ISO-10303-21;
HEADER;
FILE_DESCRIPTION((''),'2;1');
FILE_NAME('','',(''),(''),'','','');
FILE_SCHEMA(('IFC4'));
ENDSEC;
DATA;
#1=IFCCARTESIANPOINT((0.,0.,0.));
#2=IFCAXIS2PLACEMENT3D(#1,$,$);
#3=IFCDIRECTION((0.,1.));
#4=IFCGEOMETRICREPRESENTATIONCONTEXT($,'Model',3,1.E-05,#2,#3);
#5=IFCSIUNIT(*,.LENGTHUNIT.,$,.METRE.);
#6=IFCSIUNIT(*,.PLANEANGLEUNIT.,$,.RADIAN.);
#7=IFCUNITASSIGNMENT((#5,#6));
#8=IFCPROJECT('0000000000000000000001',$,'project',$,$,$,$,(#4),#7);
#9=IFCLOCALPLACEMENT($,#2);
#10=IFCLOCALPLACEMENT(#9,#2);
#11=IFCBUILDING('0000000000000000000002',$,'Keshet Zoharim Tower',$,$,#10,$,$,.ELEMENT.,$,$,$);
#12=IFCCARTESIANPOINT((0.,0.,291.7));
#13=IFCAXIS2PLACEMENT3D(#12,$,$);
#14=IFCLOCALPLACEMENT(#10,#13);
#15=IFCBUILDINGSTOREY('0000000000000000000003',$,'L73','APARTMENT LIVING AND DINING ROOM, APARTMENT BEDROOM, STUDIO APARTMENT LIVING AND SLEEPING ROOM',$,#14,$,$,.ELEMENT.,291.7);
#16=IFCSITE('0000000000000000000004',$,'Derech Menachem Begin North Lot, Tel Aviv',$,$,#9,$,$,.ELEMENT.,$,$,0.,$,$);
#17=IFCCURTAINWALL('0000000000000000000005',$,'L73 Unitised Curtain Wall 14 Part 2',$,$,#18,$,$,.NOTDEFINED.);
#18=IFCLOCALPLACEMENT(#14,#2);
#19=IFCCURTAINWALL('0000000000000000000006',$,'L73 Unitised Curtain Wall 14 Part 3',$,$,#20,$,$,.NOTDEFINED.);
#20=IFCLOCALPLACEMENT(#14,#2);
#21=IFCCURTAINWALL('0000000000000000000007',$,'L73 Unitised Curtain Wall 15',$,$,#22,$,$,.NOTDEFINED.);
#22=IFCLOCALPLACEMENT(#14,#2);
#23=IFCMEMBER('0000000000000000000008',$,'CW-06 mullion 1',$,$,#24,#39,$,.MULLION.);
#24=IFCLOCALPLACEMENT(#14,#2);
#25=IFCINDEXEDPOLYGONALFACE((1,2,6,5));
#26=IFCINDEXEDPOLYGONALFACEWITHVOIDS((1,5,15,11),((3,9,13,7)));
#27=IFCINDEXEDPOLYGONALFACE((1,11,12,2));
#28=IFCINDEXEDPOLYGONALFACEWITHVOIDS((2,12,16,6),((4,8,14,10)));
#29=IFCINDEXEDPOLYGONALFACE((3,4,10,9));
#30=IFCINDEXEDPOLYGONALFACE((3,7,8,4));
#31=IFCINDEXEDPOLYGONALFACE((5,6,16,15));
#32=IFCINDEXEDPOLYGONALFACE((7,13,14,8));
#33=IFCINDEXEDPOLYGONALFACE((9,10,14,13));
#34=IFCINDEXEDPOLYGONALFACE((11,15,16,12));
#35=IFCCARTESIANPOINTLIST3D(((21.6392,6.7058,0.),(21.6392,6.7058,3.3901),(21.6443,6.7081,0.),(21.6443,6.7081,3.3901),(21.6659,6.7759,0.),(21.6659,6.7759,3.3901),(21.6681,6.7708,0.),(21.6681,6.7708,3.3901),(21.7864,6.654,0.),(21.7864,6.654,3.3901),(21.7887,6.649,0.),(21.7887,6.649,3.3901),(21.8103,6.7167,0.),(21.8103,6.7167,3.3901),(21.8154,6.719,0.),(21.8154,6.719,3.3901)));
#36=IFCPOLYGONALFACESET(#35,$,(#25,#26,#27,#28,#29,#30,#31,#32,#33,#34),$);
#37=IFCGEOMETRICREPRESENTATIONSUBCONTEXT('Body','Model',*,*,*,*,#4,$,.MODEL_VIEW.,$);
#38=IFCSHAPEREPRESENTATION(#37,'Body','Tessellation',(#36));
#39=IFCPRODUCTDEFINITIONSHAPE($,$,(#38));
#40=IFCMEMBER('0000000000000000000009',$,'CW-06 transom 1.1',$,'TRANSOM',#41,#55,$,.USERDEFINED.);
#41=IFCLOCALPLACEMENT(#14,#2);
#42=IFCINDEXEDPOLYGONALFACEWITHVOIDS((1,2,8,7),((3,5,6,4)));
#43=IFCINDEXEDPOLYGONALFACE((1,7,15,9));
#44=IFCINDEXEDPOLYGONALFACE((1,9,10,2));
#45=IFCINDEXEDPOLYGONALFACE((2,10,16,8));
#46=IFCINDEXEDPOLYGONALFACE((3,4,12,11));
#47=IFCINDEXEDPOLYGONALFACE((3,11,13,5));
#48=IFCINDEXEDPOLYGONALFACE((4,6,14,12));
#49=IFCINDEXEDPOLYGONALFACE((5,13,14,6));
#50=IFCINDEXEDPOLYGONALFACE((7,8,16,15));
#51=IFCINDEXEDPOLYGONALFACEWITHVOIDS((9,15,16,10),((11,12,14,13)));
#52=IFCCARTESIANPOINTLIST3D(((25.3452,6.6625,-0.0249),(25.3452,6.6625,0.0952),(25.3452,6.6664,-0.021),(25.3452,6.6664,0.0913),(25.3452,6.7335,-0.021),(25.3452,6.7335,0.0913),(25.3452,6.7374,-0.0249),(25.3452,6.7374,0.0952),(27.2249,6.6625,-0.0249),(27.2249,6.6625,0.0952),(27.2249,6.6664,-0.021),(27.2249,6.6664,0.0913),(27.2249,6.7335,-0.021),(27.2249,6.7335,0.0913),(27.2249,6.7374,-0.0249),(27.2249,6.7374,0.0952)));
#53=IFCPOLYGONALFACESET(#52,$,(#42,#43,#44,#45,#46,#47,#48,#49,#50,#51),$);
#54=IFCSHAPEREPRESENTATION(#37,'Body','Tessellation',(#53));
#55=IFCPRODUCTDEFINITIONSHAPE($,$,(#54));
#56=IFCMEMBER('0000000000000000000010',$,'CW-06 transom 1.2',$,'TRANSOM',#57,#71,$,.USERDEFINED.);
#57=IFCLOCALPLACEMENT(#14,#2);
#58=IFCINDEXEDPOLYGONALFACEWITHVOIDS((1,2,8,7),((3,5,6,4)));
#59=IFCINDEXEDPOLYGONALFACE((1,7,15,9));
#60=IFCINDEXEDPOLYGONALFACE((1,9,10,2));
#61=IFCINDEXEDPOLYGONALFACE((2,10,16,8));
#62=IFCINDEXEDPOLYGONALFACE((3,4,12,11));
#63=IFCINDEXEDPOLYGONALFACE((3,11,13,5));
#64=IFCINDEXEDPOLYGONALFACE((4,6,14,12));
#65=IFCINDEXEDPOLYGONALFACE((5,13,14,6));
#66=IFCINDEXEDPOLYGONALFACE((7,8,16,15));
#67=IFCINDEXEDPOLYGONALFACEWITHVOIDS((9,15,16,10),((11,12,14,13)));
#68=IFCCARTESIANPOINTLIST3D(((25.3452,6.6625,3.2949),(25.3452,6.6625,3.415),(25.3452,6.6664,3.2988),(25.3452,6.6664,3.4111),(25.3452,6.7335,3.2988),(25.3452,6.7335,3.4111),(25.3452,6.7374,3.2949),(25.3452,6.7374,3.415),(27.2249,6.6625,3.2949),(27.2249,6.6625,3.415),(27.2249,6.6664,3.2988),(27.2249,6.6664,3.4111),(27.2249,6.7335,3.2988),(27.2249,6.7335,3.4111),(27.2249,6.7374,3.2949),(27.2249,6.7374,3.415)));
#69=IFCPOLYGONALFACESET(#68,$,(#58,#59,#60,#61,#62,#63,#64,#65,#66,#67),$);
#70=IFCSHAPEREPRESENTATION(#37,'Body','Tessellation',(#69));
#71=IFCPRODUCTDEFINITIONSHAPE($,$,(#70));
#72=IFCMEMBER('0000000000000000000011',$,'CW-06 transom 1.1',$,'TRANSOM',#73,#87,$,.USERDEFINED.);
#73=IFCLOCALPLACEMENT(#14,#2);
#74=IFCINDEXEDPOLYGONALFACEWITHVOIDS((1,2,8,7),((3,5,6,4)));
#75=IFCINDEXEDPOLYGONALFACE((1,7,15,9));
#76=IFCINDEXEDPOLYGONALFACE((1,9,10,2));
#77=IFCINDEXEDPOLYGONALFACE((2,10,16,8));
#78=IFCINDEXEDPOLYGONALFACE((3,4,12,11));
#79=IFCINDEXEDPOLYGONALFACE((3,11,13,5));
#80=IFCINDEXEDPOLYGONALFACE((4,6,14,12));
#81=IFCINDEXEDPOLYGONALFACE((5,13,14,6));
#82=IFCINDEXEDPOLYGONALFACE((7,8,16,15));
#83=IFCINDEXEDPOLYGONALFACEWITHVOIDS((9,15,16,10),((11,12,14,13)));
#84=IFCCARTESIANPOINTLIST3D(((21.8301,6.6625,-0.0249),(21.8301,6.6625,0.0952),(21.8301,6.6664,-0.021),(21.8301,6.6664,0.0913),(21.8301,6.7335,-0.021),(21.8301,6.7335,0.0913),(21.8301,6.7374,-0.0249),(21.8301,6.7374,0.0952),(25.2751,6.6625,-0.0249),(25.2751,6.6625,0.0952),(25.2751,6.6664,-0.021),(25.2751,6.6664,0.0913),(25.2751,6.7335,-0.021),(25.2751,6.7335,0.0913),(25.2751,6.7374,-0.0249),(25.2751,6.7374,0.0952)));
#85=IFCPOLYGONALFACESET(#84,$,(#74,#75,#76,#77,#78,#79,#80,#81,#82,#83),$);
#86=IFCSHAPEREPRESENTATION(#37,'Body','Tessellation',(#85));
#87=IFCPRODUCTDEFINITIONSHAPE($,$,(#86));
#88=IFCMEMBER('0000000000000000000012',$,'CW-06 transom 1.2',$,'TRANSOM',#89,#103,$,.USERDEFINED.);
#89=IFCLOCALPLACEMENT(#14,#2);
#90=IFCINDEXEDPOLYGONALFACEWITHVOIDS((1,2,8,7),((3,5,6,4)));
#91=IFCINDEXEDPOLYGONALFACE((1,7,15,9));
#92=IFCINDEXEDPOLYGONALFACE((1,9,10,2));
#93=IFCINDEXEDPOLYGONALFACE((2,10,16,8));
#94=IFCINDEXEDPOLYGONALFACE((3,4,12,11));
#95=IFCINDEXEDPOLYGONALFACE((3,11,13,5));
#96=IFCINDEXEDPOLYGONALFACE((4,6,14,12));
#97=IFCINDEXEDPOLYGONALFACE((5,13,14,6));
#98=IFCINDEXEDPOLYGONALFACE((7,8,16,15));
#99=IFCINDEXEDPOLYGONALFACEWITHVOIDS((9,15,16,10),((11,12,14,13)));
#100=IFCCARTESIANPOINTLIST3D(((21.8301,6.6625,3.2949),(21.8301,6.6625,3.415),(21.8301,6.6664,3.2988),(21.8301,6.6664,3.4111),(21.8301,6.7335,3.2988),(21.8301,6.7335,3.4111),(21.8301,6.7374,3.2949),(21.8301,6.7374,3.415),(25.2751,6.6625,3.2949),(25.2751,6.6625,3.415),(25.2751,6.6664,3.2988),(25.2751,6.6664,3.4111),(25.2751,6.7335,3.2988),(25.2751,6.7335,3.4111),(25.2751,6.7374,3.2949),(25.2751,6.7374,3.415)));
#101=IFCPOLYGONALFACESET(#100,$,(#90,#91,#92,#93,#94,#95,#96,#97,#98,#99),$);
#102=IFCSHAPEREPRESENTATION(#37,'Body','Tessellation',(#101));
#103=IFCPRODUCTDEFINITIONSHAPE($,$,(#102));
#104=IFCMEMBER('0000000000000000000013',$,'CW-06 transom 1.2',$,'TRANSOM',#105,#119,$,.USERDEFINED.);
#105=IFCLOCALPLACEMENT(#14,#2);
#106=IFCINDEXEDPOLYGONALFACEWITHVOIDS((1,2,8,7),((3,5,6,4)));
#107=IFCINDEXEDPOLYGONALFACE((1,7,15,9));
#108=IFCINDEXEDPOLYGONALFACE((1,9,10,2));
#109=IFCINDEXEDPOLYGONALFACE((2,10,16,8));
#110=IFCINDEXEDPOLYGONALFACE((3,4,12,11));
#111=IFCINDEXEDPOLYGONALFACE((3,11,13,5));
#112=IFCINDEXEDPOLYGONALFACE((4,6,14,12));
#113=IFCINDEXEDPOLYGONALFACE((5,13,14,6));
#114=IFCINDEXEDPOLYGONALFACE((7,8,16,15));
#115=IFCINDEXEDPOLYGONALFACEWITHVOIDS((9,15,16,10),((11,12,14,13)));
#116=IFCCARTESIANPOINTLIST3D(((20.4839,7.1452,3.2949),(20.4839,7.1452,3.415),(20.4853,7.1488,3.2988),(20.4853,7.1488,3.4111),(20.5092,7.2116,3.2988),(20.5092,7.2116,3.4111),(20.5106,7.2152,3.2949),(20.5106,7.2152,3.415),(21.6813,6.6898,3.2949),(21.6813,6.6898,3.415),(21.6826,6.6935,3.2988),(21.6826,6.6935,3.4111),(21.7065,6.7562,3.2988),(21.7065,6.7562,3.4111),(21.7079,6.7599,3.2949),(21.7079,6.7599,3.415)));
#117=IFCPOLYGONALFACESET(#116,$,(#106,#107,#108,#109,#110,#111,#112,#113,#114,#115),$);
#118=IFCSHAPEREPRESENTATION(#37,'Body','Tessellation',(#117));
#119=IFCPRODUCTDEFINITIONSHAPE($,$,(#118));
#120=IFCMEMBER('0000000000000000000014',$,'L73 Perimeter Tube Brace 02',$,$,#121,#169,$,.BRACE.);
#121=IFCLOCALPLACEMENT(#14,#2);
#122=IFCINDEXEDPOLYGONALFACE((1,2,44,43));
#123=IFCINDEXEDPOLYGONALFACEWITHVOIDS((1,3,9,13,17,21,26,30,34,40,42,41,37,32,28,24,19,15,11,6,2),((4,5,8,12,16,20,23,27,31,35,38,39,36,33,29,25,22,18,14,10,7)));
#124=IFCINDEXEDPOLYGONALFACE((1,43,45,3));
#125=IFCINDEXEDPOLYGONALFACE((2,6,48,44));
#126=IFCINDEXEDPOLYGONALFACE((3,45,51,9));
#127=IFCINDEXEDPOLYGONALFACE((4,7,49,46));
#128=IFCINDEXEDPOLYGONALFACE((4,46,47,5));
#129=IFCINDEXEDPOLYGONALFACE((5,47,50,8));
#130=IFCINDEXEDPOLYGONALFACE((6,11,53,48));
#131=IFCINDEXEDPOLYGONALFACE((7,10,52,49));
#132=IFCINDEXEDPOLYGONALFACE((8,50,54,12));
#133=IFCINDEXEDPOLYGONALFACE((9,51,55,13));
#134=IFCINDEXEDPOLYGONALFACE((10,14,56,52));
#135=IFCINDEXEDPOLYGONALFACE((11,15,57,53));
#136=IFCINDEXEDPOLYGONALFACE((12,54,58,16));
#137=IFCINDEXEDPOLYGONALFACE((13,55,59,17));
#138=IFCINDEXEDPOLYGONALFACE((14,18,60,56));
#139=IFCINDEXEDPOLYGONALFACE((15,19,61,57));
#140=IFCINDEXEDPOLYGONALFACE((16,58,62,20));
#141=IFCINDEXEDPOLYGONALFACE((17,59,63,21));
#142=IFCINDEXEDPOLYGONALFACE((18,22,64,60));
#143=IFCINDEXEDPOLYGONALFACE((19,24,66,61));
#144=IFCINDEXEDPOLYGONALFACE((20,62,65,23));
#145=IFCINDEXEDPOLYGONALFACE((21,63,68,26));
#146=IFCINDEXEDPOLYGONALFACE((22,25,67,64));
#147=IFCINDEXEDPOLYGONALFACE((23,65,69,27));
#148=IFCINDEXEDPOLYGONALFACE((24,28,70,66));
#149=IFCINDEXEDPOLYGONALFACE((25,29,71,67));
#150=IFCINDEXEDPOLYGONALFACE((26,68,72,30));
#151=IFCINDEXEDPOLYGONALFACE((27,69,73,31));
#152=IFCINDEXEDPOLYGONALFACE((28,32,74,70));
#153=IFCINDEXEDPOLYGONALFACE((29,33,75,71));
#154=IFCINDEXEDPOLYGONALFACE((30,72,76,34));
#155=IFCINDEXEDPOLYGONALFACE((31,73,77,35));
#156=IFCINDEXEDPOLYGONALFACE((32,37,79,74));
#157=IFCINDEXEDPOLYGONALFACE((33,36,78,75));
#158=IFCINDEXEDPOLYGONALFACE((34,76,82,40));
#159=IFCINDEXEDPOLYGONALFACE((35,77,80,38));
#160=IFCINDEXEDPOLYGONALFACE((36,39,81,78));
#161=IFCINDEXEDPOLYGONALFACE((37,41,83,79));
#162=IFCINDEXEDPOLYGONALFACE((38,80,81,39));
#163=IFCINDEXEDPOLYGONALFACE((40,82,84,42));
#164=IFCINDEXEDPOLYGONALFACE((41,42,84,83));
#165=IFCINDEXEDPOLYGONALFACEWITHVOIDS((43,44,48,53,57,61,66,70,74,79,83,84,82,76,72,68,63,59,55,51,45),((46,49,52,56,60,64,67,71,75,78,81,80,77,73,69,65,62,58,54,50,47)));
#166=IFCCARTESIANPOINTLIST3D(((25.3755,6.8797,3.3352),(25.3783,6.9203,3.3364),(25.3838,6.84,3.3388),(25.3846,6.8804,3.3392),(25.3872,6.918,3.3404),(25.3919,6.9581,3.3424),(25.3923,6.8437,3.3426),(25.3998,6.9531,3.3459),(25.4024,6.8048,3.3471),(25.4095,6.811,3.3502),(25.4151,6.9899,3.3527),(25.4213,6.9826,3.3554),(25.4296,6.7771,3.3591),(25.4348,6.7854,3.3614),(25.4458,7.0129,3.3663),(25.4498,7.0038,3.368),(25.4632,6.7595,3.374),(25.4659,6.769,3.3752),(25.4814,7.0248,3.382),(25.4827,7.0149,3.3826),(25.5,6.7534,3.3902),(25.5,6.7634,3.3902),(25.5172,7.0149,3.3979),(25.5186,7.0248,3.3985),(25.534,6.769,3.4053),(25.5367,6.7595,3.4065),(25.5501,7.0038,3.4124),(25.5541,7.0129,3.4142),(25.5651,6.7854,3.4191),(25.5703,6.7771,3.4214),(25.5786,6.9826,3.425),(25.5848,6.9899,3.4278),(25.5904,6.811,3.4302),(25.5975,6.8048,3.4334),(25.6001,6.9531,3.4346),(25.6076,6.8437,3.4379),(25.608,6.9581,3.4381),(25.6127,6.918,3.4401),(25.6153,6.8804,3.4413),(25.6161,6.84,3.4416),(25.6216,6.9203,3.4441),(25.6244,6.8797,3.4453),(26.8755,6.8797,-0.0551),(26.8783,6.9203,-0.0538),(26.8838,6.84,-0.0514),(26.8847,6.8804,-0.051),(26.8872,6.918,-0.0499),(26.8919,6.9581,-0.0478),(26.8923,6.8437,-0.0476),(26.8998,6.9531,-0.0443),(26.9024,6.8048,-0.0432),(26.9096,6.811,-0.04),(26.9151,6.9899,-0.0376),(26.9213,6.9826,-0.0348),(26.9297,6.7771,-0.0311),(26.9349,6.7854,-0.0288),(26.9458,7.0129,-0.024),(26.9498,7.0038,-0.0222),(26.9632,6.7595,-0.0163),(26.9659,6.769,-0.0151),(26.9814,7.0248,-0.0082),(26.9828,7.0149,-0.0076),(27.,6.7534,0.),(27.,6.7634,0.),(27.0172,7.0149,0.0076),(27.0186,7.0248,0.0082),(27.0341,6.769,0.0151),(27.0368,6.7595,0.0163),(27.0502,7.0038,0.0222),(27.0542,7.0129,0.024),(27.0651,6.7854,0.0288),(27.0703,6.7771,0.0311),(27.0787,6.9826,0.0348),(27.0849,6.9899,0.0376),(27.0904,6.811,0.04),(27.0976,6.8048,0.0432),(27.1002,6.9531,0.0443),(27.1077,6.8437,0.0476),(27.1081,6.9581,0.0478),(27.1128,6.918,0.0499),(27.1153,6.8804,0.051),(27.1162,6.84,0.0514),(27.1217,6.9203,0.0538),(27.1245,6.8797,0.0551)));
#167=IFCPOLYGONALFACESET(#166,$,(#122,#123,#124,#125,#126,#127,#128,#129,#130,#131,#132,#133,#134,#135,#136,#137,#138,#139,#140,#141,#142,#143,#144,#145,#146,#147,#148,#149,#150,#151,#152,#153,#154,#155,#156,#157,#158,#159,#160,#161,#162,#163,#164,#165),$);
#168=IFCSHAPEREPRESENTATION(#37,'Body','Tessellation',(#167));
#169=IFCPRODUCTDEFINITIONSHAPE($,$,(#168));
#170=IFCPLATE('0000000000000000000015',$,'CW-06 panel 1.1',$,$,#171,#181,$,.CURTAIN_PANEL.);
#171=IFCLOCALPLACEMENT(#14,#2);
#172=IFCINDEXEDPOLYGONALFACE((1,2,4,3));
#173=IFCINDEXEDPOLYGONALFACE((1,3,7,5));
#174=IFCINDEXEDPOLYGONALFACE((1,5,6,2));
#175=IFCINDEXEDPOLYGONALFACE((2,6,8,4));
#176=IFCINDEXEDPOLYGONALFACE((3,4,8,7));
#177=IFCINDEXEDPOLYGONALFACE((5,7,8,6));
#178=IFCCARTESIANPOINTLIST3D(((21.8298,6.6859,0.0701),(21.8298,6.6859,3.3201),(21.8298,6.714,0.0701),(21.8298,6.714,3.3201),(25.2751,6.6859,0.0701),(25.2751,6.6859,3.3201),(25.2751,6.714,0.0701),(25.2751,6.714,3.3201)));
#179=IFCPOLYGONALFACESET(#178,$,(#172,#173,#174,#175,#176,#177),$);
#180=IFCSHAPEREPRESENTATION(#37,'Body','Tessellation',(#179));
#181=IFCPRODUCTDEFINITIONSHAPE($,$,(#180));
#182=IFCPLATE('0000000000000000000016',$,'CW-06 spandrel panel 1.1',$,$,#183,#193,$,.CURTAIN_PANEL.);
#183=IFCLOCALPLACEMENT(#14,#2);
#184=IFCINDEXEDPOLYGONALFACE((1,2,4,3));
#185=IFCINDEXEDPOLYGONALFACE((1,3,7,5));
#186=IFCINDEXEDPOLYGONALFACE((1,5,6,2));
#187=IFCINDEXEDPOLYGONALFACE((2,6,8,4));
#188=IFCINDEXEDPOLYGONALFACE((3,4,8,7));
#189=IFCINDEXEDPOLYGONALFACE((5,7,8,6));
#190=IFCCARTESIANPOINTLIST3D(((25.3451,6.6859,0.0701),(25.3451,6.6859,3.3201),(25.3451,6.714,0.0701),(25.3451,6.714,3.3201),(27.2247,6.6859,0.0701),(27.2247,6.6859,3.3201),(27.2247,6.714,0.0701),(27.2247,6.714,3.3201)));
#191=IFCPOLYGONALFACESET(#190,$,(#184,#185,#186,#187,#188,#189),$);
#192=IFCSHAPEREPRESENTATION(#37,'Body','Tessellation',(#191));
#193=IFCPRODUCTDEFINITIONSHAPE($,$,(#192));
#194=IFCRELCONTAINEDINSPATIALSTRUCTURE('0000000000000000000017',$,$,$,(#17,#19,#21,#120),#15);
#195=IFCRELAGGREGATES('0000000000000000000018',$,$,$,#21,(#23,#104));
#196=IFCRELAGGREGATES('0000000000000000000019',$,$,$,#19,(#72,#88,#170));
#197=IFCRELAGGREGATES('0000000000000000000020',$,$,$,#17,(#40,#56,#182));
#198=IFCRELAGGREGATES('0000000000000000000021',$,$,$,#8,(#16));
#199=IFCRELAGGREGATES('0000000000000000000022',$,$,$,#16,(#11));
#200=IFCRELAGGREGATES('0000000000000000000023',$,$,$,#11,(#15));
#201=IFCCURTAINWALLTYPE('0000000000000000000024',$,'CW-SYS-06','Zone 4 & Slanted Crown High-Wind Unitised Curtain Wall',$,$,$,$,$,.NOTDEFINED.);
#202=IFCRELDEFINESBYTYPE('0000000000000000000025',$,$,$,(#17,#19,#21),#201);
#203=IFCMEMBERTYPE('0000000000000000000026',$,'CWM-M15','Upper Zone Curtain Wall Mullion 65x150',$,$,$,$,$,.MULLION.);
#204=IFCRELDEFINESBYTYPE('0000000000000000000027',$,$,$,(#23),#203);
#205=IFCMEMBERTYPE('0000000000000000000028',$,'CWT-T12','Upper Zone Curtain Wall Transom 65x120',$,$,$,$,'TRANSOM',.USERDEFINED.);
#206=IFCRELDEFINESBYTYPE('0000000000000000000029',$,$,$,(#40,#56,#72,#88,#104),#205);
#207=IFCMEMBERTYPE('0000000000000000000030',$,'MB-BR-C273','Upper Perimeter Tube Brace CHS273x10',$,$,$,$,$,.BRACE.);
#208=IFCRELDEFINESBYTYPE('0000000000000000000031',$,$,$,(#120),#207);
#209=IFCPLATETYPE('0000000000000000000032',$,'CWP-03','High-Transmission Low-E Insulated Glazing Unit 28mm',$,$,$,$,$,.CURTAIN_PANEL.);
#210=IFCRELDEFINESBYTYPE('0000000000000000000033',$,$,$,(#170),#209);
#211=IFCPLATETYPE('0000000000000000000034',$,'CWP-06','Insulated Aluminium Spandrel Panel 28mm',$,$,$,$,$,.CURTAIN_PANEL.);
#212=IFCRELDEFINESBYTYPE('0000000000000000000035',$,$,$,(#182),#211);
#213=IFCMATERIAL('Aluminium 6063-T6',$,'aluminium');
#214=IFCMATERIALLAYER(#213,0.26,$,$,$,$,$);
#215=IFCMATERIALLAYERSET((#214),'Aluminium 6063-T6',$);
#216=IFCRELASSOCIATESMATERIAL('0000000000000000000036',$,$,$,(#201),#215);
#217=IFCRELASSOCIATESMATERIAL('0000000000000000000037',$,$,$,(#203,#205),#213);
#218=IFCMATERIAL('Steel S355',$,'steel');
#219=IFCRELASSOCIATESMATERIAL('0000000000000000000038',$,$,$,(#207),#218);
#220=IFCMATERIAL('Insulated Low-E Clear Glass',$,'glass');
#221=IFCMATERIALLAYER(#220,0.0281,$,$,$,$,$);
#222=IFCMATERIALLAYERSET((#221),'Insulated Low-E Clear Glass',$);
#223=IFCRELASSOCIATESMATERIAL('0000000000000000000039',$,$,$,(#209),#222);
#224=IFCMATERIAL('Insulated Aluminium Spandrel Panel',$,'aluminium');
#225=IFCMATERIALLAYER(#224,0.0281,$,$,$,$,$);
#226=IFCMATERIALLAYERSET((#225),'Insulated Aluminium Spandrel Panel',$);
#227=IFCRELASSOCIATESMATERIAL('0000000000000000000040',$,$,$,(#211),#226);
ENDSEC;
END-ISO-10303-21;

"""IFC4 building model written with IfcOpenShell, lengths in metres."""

from ifc_helpers import new_model, si_unit, direction, frame, origin, origin_2d, place, context, subcontext, project, spatial, rectangle, hollow_rectangle, hollow_circle, extrude, material, layer, layer_set, material_profile, profile_set, type_object, element, aggregate, save


model = new_model("IFC4")

# Units and contexts
model_context = context("Model", 3, precision=1e-05, world=origin(), true_north=direction((0.0, 1.0)))
body_context = subcontext(model_context, "Body", "Model", "MODEL_VIEW")
ifc_project = project(units=[si_unit("LENGTHUNIT", "METRE"), si_unit("PLANEANGLEUNIT", "RADIAN")], contexts=[model_context])

# Site, building, storey
site_placement = place(None, origin())
site = spatial("IfcSite", under=ifc_project, at=site_placement, Name="Derech Menachem Begin North Lot, Tel Aviv", CompositionType="ELEMENT", RefElevation=0.0)
building_placement = place(site_placement, origin())
building = spatial("IfcBuilding", under=site, at=building_placement, Name="Keshet Zoharim Tower", CompositionType="ELEMENT")
storey_placement = place(building_placement, frame((0.0, 0.0, 291.7)))
storey = spatial("IfcBuildingStorey", under=building, at=storey_placement, Name="L73", Description="APARTMENT LIVING AND DINING ROOM, APARTMENT BEDROOM, STUDIO APARTMENT LIVING AND SLEEPING ROOM", CompositionType="ELEMENT", Elevation=291.7)

# Shared definitions
ifc_material_1 = material(Name="Steel S355", Category="steel")

# Curtain walls, member
ifc_material_2 = material(Name="Aluminium 6063-T6", Category="aluminium")
ifc_layer_1 = layer(ifc_material_2, 0.26)
ifc_layer_set_1 = layer_set([ifc_layer_1], Name="Aluminium 6063-T6")
curtain_wall_type = type_object("IfcCurtainWallType", Name="CW-SYS-06", Description="Zone 4 & Slanted Crown High-Wind Unitised Curtain Wall", PredefinedType="NOTDEFINED", material=ifc_layer_set_1)
ifc_material_profile_1 = material_profile(ifc_material_2, hollow_rectangle(XDim=0.075, YDim=0.1599, WallThickness=0.0039, at=origin_2d()), Name="MUL-75x160")
ifc_profile_set_1 = profile_set([ifc_material_profile_1], Name="Aluminium 6063-T6")
member_type_1 = type_object("IfcMemberType", Name="CWM-M15", Description="Upper Zone Curtain Wall Mullion 65x150", PredefinedType="MULLION", material=ifc_profile_set_1)
curtain_wall_1_placement = place(storey_placement, origin())
curtain_wall_1 = element("IfcCurtainWall", 1, at=curtain_wall_1_placement, inside=storey, type_object=curtain_wall_type, Name="L73 Unitised Curtain Wall 14 Part 2", PredefinedType="NOTDEFINED")
curtain_wall_2_placement = place(storey_placement, origin())
curtain_wall_2 = element("IfcCurtainWall", 2, at=curtain_wall_2_placement, inside=storey, type_object=curtain_wall_type, Name="L73 Unitised Curtain Wall 14 Part 3", PredefinedType="NOTDEFINED")
curtain_wall_3_placement = place(storey_placement, origin())
curtain_wall_3 = element("IfcCurtainWall", 3, at=curtain_wall_3_placement, inside=storey, type_object=curtain_wall_type, Name="L73 Unitised Curtain Wall 15", PredefinedType="NOTDEFINED")
member_1_placement = place(storey_placement, frame((21.7273, 6.7124, 0.0), z_axis=(0.0, 0.0, 1.0), x_axis=(-0.355439, -0.934699, 0.0)))
member_1 = element("IfcMember", 4, at=member_1_placement, type_object=member_type_1, Name="CW-06 mullion 1", PredefinedType="MULLION", context=body_context, shape_type="SweptSolid", body=[
    extrude(hollow_rectangle(XDim=0.075, YDim=0.1599, WallThickness=0.0039, at=origin_2d()), origin(), (0.0, 0.0, 1.0), 3.3901),
])

# Members
ifc_material_profile_2 = material_profile(ifc_material_2, hollow_rectangle(XDim=0.075, YDim=0.1201, WallThickness=0.0039, at=origin_2d()), Name="TRN-75x120")
ifc_profile_set_2 = profile_set([ifc_material_profile_2], Name="Aluminium 6063-T6")
member_type_2 = type_object("IfcMemberType", Name="CWT-T12", Description="Upper Zone Curtain Wall Transom 65x120", ElementType="TRANSOM", PredefinedType="USERDEFINED", material=ifc_profile_set_2)
member_2_placement = place(storey_placement, frame((27.2249, 6.7, 0.0352), z_axis=(-1.0, 0.0, 0.0), x_axis=(0.0, -1.0, 0.0)))
member_2 = element("IfcMember", 5, at=member_2_placement, type_object=member_type_2, Name="CW-06 transom 1.1", ObjectType="TRANSOM", PredefinedType="USERDEFINED", context=body_context, shape_type="SweptSolid", body=[
    extrude(hollow_rectangle(XDim=0.075, YDim=0.1201, WallThickness=0.0039, at=origin_2d()), origin(), (0.0, 0.0, 1.0), 1.8796),
])
member_3_placement = place(storey_placement, frame((27.2249, 6.7, 3.355), z_axis=(-1.0, 0.0, 0.0), x_axis=(0.0, -1.0, 0.0)))
member_3 = element("IfcMember", 6, at=member_3_placement, type_object=member_type_2, Name="CW-06 transom 1.2", ObjectType="TRANSOM", PredefinedType="USERDEFINED", context=body_context, shape_type="SweptSolid", body=[
    extrude(hollow_rectangle(XDim=0.075, YDim=0.1201, WallThickness=0.0039, at=origin_2d()), origin(), (0.0, 0.0, 1.0), 1.8796),
])
member_4_placement = place(storey_placement, frame((25.2751, 6.7, 0.0352), z_axis=(-1.0, 0.0, 0.0), x_axis=(0.0, -1.0, 0.0)))
member_4 = element("IfcMember", 7, at=member_4_placement, type_object=member_type_2, Name="CW-06 transom 1.1", ObjectType="TRANSOM", PredefinedType="USERDEFINED", context=body_context, shape_type="SweptSolid", body=[
    extrude(hollow_rectangle(XDim=0.075, YDim=0.1201, WallThickness=0.0039, at=origin_2d()), origin(), (0.0, 0.0, 1.0), 3.4451),
])
member_5_placement = place(storey_placement, frame((25.2751, 6.7, 3.355), z_axis=(-1.0, 0.0, 0.0), x_axis=(0.0, -1.0, 0.0)))
member_5 = element("IfcMember", 8, at=member_5_placement, type_object=member_type_2, Name="CW-06 transom 1.2", ObjectType="TRANSOM", PredefinedType="USERDEFINED", context=body_context, shape_type="SweptSolid", body=[
    extrude(hollow_rectangle(XDim=0.075, YDim=0.1201, WallThickness=0.0039, at=origin_2d()), origin(), (0.0, 0.0, 1.0), 3.4451),
])
member_6_placement = place(storey_placement, frame((21.6946, 6.7249, 3.355), z_axis=(-0.93469, 0.355464, 0.0), x_axis=(-0.355464, -0.93469, 0.0)))
member_6 = element("IfcMember", 9, at=member_6_placement, type_object=member_type_2, Name="CW-06 transom 1.2", ObjectType="TRANSOM", PredefinedType="USERDEFINED", context=body_context, shape_type="SweptSolid", body=[
    extrude(hollow_rectangle(XDim=0.075, YDim=0.1201, WallThickness=0.0039, at=origin_2d()), origin(), (0.0, 0.0, 1.0), 1.281),
])
aggregate(curtain_wall_3, [member_1, member_6])
ifc_material_profile_3 = material_profile(ifc_material_1, hollow_circle(Radius=0.1365, WallThickness=0.01, at=origin_2d()), Name="CHS273x10")
ifc_profile_set_3 = profile_set([ifc_material_profile_3], Name="Steel S355")
member_type_3 = type_object("IfcMemberType", Name="MB-BR-C273", Description="Upper Perimeter Tube Brace CHS273x10", PredefinedType="BRACE", material=ifc_profile_set_3)
member_7_placement = place(storey_placement, frame((27.0, 6.8899, 0.0), z_axis=(-0.404623, 0.0, 0.914484), x_axis=(0.0, -1.0, 0.0)))
element("IfcMember", 10, at=member_7_placement, inside=storey, type_object=member_type_3, Name="L73 Perimeter Tube Brace 02", PredefinedType="BRACE", context=body_context, shape_type="SweptSolid", body=[
    extrude(hollow_circle(Radius=0.1365, WallThickness=0.01, at=origin_2d()), origin(), (0.0, 0.0, 1.0), 3.7073),
])

# Plates
ifc_material_3 = material(Name="Insulated Low-E Clear Glass", Category="glass")
ifc_layer_2 = layer(ifc_material_3, 0.0281)
ifc_layer_set_2 = layer_set([ifc_layer_2], Name="Insulated Low-E Clear Glass")
plate_type_1 = type_object("IfcPlateType", Name="CWP-03", Description="High-Transmission Low-E Insulated Glazing Unit 28mm", PredefinedType="CURTAIN_PANEL", material=ifc_layer_set_2)
plate_1_placement = place(storey_placement, frame((23.5525, 6.7, 0.0701), z_axis=(0.0, 0.0, 1.0), x_axis=(-1.0, 0.0, 0.0)))
plate_1 = element("IfcPlate", 11, at=plate_1_placement, type_object=plate_type_1, Name="CW-06 panel 1.1", PredefinedType="CURTAIN_PANEL", context=body_context, shape_type="SweptSolid", body=[
    extrude(rectangle(XDim=3.4453, YDim=0.0281, at=origin_2d()), origin(), (0.0, 0.0, 1.0), 3.25),
])
aggregate(curtain_wall_2, [member_4, member_5, plate_1])
ifc_material_4 = material(Name="Insulated Aluminium Spandrel Panel", Category="aluminium")
ifc_layer_3 = layer(ifc_material_4, 0.0281)
ifc_layer_set_3 = layer_set([ifc_layer_3], Name="Insulated Aluminium Spandrel Panel")
plate_type_2 = type_object("IfcPlateType", Name="CWP-06", Description="Insulated Aluminium Spandrel Panel 28mm", PredefinedType="CURTAIN_PANEL", material=ifc_layer_set_3)
plate_2_placement = place(storey_placement, frame((26.2849, 6.7, 0.0701), z_axis=(0.0, 0.0, 1.0), x_axis=(-1.0, 0.0, 0.0)))
plate_2 = element("IfcPlate", 12, at=plate_2_placement, type_object=plate_type_2, Name="CW-06 spandrel panel 1.1", PredefinedType="CURTAIN_PANEL", context=body_context, shape_type="SweptSolid", body=[
    extrude(rectangle(XDim=1.8796, YDim=0.0281, at=origin_2d()), origin(), (0.0, 0.0, 1.0), 3.25),
])
aggregate(curtain_wall_1, [member_2, member_3, plate_2])

save(model, "model.ifc")
